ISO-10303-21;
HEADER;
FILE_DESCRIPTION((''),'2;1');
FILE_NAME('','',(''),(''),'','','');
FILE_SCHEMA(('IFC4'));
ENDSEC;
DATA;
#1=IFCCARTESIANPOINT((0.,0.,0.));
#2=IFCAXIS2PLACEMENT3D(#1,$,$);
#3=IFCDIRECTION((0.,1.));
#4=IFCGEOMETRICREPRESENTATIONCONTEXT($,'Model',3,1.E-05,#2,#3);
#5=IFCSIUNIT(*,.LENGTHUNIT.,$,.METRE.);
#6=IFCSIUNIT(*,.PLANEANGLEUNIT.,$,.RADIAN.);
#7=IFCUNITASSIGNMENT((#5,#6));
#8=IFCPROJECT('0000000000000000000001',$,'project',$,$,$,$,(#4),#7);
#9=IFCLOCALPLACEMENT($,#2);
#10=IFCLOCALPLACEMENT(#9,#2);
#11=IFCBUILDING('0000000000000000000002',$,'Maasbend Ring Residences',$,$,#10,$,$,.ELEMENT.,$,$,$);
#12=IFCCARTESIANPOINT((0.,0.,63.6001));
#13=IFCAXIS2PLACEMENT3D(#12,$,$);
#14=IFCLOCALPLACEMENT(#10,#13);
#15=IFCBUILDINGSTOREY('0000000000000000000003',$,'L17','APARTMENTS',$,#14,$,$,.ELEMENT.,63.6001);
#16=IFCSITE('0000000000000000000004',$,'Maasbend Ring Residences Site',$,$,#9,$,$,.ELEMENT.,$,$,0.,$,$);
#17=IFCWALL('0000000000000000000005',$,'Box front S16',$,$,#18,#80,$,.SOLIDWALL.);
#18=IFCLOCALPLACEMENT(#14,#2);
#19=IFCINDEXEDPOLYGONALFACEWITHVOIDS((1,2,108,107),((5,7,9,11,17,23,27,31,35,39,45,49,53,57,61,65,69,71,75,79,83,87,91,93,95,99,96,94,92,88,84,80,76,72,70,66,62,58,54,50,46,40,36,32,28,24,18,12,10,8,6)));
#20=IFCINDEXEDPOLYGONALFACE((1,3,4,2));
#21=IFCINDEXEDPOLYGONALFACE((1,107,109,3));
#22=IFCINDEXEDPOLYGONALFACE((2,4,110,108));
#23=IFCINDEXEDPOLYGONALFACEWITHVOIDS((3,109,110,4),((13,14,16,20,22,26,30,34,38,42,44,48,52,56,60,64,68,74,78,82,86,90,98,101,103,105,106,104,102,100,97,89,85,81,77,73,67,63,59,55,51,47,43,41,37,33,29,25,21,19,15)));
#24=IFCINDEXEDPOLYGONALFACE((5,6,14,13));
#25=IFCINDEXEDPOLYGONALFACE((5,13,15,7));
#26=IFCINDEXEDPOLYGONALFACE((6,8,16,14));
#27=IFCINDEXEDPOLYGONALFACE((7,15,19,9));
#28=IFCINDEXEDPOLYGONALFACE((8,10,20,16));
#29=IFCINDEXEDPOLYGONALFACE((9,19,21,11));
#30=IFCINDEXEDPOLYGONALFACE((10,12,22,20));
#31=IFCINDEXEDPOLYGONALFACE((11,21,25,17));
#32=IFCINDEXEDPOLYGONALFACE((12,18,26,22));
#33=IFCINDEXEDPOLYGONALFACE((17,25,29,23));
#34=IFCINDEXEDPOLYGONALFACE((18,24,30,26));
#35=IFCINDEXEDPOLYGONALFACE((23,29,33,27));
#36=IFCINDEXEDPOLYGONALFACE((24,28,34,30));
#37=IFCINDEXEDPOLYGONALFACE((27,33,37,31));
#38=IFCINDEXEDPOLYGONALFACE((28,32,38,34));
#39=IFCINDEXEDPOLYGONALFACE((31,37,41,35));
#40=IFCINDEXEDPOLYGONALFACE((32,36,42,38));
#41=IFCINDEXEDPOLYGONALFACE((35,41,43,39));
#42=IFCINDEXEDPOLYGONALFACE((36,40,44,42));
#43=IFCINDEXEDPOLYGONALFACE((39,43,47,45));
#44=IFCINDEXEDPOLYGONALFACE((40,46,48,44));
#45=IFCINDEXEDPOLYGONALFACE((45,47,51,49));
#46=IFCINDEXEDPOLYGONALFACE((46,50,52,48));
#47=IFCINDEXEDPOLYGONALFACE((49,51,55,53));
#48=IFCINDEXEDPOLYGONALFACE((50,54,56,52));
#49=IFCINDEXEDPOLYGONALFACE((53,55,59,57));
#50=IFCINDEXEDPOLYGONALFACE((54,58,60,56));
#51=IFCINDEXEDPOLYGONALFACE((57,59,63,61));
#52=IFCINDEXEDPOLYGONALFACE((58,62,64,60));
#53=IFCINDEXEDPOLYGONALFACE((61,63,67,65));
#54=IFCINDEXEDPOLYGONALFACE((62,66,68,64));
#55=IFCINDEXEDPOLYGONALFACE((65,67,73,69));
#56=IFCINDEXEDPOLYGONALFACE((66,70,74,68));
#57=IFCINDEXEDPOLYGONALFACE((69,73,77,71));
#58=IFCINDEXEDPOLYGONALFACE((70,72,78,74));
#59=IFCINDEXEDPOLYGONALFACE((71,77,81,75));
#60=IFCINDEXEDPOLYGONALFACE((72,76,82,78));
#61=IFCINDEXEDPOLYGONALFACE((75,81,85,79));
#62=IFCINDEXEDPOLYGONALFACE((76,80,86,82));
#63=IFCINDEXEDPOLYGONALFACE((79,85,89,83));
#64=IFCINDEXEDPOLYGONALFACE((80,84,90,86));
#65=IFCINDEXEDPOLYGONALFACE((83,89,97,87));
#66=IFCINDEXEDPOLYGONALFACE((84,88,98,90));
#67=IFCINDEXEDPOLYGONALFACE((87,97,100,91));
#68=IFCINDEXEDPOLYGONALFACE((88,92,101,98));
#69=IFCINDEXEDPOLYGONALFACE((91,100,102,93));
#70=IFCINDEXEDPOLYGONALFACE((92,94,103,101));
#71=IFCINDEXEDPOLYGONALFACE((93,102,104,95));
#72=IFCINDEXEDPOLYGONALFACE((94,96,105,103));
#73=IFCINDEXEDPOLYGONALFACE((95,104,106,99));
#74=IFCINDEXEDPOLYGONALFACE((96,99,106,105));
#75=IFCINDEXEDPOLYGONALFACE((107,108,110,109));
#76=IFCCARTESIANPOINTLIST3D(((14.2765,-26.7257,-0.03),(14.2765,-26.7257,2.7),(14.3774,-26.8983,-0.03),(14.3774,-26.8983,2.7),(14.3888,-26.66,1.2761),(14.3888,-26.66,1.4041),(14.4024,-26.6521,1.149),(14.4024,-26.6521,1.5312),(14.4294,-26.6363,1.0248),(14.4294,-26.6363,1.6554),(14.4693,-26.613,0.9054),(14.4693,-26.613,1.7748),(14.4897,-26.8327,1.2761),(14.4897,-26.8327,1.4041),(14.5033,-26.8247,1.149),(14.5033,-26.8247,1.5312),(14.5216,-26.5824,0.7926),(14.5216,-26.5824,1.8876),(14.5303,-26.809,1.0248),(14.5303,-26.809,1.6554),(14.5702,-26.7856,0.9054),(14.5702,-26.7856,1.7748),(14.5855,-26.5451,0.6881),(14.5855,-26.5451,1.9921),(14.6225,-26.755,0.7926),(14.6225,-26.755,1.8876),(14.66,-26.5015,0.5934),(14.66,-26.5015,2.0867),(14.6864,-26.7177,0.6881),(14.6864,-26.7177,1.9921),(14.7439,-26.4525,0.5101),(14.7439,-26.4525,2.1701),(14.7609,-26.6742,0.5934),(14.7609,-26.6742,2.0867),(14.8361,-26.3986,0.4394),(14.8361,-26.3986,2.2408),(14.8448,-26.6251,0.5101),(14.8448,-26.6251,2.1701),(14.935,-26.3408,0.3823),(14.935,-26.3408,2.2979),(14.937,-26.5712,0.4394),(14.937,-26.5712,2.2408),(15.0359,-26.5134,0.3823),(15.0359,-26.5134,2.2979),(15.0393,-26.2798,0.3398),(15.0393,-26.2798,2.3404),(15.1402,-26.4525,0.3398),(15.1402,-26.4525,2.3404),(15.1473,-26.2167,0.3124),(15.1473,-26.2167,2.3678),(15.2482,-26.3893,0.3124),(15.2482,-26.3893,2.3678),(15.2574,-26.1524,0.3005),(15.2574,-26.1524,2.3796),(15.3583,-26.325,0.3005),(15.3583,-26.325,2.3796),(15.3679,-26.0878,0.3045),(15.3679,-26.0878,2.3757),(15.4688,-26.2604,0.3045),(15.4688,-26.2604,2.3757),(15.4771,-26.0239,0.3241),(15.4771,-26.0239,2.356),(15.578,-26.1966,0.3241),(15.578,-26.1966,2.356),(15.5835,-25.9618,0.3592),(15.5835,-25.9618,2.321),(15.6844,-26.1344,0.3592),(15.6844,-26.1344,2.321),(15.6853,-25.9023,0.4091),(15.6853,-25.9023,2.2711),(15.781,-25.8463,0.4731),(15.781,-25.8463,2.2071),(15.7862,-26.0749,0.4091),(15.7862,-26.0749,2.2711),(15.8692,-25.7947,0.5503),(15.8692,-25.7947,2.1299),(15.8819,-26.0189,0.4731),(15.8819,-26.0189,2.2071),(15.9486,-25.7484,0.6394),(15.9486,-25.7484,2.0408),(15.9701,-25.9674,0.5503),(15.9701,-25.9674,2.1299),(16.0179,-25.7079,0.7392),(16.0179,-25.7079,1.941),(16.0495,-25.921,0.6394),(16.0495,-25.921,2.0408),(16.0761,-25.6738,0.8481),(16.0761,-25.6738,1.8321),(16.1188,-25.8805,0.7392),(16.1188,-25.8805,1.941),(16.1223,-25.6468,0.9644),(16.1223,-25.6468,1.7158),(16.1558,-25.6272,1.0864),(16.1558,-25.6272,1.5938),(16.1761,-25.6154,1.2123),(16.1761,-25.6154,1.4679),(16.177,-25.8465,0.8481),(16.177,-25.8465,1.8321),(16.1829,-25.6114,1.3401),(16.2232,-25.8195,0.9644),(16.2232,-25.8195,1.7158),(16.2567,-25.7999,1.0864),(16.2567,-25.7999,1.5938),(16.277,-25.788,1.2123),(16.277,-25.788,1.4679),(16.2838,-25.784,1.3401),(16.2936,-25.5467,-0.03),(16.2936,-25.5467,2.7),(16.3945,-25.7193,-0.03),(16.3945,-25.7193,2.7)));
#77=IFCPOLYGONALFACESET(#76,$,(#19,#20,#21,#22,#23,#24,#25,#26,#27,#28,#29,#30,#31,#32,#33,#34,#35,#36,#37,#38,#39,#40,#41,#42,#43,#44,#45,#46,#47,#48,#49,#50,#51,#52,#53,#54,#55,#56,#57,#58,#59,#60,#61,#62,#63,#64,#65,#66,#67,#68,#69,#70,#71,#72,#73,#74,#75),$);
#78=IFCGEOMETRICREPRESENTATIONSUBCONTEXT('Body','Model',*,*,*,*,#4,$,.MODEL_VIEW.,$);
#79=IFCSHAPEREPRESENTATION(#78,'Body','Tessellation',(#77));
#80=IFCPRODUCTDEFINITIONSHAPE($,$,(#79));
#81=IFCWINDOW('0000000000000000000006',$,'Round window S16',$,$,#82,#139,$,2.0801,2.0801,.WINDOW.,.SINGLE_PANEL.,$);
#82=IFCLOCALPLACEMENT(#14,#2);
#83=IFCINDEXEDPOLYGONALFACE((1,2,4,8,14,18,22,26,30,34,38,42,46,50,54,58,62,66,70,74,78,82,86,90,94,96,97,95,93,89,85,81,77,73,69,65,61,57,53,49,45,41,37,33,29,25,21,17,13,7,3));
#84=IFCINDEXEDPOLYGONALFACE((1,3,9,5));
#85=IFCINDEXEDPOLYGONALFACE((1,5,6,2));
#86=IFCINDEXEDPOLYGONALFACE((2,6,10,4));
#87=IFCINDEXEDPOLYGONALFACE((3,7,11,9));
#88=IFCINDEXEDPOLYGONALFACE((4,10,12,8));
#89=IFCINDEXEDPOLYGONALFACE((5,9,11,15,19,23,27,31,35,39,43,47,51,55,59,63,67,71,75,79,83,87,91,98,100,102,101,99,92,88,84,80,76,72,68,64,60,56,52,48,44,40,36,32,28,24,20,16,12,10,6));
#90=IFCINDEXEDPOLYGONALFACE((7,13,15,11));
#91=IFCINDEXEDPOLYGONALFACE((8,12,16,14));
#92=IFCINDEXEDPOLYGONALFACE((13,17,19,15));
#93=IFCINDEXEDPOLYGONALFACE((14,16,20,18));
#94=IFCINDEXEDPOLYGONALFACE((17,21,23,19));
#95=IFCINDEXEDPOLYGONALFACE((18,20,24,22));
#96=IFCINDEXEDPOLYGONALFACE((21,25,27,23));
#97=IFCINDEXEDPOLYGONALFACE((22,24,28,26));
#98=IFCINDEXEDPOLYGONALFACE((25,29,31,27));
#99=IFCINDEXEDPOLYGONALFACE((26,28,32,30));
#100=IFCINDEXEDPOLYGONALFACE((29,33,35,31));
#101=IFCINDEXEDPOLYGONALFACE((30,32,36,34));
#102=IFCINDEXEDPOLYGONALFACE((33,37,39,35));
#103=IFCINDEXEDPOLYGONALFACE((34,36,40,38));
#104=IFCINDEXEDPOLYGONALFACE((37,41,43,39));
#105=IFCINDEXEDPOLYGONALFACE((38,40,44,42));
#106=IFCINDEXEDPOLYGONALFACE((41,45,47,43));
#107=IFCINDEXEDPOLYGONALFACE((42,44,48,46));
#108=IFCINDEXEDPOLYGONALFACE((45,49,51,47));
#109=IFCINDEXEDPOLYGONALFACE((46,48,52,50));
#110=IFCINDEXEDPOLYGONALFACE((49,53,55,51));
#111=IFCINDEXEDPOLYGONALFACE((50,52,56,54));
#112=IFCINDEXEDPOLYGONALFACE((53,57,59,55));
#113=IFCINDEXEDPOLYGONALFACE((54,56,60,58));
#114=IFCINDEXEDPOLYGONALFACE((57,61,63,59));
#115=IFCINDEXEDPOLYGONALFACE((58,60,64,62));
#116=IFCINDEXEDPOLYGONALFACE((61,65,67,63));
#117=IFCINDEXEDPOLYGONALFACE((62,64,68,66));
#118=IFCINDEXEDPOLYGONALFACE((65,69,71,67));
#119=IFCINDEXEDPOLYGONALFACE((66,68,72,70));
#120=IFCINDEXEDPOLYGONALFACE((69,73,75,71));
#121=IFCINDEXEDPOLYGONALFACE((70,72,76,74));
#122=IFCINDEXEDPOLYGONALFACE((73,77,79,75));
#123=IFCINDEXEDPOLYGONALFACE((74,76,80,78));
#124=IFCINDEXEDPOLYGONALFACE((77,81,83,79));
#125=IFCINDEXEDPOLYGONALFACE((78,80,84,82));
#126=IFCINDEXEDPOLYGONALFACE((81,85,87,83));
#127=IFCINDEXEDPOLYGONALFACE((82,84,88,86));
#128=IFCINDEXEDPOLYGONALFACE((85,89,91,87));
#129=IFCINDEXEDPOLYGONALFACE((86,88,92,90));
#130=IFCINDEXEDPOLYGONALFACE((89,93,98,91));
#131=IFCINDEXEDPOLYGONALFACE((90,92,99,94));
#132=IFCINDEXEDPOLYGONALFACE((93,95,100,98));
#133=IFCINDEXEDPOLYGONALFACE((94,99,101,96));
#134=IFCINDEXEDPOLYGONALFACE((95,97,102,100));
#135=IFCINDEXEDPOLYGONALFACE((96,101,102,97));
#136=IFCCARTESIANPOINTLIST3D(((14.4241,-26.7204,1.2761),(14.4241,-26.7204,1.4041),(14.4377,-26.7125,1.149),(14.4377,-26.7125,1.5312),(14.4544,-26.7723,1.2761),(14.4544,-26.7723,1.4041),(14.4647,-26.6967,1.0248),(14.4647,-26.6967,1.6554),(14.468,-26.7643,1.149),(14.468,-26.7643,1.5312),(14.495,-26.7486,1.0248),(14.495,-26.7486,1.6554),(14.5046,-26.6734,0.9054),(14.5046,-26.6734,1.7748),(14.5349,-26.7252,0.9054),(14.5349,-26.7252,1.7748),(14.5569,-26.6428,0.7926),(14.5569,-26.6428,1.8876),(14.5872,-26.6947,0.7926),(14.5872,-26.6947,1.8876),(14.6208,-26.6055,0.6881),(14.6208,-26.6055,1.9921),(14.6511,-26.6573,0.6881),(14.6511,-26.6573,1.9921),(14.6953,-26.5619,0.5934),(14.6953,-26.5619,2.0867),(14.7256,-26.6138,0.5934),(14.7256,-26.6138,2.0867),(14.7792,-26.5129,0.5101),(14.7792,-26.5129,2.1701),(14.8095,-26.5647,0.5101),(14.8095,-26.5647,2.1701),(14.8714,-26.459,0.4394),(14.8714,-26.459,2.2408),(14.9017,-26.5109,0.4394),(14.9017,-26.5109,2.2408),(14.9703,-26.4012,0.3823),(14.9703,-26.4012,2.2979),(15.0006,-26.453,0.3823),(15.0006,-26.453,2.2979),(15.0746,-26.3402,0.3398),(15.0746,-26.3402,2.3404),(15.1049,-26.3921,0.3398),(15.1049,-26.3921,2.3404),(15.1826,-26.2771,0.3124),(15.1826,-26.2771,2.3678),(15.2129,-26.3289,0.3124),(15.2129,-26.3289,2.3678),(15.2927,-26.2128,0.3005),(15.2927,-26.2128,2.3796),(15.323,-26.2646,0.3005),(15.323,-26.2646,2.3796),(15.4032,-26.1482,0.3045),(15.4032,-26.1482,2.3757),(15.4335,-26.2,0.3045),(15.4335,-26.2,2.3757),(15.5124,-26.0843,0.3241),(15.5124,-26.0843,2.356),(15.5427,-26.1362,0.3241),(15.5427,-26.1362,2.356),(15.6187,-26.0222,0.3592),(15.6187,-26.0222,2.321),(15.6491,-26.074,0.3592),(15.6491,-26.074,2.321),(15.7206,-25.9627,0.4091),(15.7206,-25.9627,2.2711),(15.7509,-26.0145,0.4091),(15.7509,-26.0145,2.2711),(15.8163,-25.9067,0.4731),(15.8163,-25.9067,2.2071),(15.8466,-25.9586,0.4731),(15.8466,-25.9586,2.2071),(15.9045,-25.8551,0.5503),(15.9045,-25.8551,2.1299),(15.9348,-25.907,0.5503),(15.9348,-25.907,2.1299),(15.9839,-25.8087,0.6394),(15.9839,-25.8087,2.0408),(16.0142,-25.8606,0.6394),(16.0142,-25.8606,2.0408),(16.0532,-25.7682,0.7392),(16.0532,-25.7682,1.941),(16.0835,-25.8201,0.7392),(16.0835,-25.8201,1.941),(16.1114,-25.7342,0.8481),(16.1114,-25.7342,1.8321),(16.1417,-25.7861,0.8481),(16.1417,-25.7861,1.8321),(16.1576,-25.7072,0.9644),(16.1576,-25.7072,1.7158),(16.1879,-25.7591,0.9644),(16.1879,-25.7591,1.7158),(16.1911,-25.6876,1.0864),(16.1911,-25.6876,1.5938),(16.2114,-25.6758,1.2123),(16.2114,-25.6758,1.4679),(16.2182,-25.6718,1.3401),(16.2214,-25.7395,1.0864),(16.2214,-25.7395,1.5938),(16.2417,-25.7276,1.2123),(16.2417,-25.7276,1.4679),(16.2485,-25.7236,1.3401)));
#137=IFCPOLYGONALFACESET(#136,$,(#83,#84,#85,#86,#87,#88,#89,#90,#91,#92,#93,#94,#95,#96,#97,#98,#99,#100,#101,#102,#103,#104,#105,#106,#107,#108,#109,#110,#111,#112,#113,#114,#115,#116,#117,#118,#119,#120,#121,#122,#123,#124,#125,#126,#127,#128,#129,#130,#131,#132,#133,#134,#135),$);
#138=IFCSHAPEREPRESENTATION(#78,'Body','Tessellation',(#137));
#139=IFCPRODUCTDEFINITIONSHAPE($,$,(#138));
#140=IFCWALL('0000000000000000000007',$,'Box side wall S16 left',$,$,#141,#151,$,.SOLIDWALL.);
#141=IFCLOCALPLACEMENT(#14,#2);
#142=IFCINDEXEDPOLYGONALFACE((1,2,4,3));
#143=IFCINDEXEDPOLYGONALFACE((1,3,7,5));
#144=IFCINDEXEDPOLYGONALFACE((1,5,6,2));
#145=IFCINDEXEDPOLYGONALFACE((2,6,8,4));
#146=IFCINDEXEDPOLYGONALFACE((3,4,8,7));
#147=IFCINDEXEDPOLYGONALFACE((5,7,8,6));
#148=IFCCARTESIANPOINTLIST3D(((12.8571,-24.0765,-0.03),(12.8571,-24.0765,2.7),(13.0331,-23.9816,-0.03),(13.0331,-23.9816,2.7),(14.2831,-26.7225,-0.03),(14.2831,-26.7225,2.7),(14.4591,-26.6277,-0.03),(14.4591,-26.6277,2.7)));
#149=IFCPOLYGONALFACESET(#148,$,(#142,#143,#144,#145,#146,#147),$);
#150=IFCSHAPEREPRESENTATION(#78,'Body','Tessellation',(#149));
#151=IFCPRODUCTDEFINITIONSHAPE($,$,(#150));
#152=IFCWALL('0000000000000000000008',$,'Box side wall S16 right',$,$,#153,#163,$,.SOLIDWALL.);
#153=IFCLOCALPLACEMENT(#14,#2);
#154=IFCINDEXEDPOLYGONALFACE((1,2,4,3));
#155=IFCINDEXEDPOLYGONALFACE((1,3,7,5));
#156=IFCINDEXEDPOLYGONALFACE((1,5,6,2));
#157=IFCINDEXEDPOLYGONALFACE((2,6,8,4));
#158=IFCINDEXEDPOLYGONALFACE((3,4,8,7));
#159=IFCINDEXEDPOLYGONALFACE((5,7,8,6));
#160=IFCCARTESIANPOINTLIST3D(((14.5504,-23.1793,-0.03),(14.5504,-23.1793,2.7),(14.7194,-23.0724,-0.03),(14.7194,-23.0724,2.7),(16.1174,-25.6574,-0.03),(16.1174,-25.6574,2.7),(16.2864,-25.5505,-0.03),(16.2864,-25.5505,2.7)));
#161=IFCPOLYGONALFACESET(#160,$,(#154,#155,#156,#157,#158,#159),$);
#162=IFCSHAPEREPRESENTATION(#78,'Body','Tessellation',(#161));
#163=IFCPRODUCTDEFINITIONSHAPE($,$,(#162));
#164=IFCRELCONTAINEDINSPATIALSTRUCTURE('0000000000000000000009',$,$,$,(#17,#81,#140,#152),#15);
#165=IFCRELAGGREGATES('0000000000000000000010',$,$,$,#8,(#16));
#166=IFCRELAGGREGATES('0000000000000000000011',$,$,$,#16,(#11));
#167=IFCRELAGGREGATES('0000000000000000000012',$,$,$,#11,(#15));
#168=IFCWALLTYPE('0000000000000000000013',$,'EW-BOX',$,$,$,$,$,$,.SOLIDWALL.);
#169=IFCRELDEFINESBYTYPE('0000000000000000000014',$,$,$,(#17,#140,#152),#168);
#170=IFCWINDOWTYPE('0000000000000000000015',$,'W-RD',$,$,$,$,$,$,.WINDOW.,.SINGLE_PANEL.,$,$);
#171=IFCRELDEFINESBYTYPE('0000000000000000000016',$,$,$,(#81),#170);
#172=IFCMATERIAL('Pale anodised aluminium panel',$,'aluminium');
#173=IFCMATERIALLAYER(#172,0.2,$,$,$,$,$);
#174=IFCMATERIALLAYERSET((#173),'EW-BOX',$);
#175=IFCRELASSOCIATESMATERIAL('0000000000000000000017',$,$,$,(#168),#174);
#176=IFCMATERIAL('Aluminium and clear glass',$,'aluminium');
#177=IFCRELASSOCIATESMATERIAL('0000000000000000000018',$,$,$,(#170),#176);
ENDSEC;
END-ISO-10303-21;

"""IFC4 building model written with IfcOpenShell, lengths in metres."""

from ifc_helpers import new_model, si_unit, direction, frame, frame_2d, origin, place, context, subcontext, project, spatial, rectangle, circle, extrude, material, layer, layer_set, type_object, element, fill, save


model = new_model("IFC4")

# Units and contexts
model_context = context("Model", 3, precision=1e-05, world=origin(), true_north=direction((0.0, 1.0)))
body_context = subcontext(model_context, "Body", "Model", "MODEL_VIEW")
ifc_project = project(units=[si_unit("LENGTHUNIT", "METRE"), si_unit("PLANEANGLEUNIT", "RADIAN")], contexts=[model_context])

# Site, building, storey
site_placement = place(None, origin())
site = spatial("IfcSite", under=ifc_project, at=site_placement, Name="Maasbend Ring Residences Site", CompositionType="ELEMENT", RefElevation=0.0)
building_placement = place(site_placement, origin())
building = spatial("IfcBuilding", under=site, at=building_placement, Name="Maasbend Ring Residences", CompositionType="ELEMENT")
storey_placement = place(building_placement, frame((0.0, 0.0, 63.6001)))
storey = spatial("IfcBuildingStorey", under=building, at=storey_placement, Name="L17", Description="APARTMENTS", CompositionType="ELEMENT", Elevation=63.6001)

# Wall, opening, window
ifc_material_1 = material(Name="Pale anodised aluminium panel", Category="aluminium")
ifc_layer_1 = layer(ifc_material_1, 0.2)
ifc_layer_set_1 = layer_set([ifc_layer_1], Name="EW-BOX")
wall_type_1 = type_object("IfcWallType", Name="EW-BOX", PredefinedType="SOLIDWALL", material=ifc_layer_set_1)
wall_1_placement = place(storey_placement, frame((14.3269, -26.812, -0.03), z_axis=(0.0, 0.0, 1.0), x_axis=(0.863347, 0.504612, 0.0)))
wall_1 = element("IfcWall", 1, at=wall_1_placement, inside=storey, type_object=wall_type_1, Name="Box front S16", PredefinedType="SOLIDWALL", context=body_context, shape_type="SweptSolid", body=[
    extrude(rectangle(XDim=2.3364, YDim=0.2, at=frame_2d((1.1682, 0.0))), origin(), (0.0, 0.0, 1.0), 2.73),
])
opening_1_placement = place(wall_1_placement, frame((0.1282, 0.0, 0.3301)))
opening_1 = element("IfcOpeningElement", 2, at=opening_1_placement, cuts=wall_1, PredefinedType="OPENING", context=body_context, shape_type="SweptSolid", body=[
    extrude(circle(Radius=1.04, at=frame_2d((1.04, 1.04))), frame((0.0, 0.1099, 0.0), z_axis=(0.0, -1.0, 0.0), x_axis=(1.0, 0.0, 0.0)), (0.0, 0.0, 1.0), 0.22),
])
ifc_material_2 = material(Name="Aluminium and clear glass", Category="aluminium")
window_type_1 = type_object("IfcWindowType", Name="W-RD", PartitioningType="SINGLE_PANEL", PredefinedType="WINDOW", material=ifc_material_2)
window_1_placement = place(opening_1_placement, origin())
window_1 = element("IfcWindow", 3, at=window_1_placement, inside=storey, type_object=window_type_1, Name="Round window S16", OverallHeight=2.0801, OverallWidth=2.0801, PartitioningType="SINGLE_PANEL", PredefinedType="WINDOW", context=body_context, shape_type="SweptSolid", body=[
    extrude(circle(Radius=1.04, at=frame_2d((1.04, 1.04))), frame((0.0, 0.03, 0.0), z_axis=(0.0, -1.0, 0.0), x_axis=(1.0, 0.0, 0.0)), (0.0, 0.0, 1.0), 0.0601),
])
fill(opening_1, window_1)

# Walls
wall_2_placement = place(storey_placement, frame((12.9451, -24.0291, -0.03), z_axis=(0.0, 0.0, 1.0), x_axis=(0.474424, -0.880296, 0.0)))
element("IfcWall", 4, at=wall_2_placement, inside=storey, type_object=wall_type_1, Name="Box side wall S16 left", PredefinedType="SOLIDWALL", context=body_context, shape_type="SweptSolid", body=[
    extrude(rectangle(XDim=3.0059, YDim=0.2, at=frame_2d((1.5029, 0.0))), origin(), (0.0, 0.0, 1.0), 2.73),
])
wall_3_placement = place(storey_placement, frame((14.635, -23.126, -0.03), z_axis=(0.0, 0.0, 1.0), x_axis=(0.534438, -0.845208, 0.0)))
element("IfcWall", 5, at=wall_3_placement, inside=storey, type_object=wall_type_1, Name="Box side wall S16 right", PredefinedType="SOLIDWALL", context=body_context, shape_type="SweptSolid", body=[
    extrude(rectangle(XDim=2.9319, YDim=0.2, at=frame_2d((1.4658, 0.0))), origin(), (0.0, 0.0, 1.0), 2.73),
])

save(model, "model.ifc")
